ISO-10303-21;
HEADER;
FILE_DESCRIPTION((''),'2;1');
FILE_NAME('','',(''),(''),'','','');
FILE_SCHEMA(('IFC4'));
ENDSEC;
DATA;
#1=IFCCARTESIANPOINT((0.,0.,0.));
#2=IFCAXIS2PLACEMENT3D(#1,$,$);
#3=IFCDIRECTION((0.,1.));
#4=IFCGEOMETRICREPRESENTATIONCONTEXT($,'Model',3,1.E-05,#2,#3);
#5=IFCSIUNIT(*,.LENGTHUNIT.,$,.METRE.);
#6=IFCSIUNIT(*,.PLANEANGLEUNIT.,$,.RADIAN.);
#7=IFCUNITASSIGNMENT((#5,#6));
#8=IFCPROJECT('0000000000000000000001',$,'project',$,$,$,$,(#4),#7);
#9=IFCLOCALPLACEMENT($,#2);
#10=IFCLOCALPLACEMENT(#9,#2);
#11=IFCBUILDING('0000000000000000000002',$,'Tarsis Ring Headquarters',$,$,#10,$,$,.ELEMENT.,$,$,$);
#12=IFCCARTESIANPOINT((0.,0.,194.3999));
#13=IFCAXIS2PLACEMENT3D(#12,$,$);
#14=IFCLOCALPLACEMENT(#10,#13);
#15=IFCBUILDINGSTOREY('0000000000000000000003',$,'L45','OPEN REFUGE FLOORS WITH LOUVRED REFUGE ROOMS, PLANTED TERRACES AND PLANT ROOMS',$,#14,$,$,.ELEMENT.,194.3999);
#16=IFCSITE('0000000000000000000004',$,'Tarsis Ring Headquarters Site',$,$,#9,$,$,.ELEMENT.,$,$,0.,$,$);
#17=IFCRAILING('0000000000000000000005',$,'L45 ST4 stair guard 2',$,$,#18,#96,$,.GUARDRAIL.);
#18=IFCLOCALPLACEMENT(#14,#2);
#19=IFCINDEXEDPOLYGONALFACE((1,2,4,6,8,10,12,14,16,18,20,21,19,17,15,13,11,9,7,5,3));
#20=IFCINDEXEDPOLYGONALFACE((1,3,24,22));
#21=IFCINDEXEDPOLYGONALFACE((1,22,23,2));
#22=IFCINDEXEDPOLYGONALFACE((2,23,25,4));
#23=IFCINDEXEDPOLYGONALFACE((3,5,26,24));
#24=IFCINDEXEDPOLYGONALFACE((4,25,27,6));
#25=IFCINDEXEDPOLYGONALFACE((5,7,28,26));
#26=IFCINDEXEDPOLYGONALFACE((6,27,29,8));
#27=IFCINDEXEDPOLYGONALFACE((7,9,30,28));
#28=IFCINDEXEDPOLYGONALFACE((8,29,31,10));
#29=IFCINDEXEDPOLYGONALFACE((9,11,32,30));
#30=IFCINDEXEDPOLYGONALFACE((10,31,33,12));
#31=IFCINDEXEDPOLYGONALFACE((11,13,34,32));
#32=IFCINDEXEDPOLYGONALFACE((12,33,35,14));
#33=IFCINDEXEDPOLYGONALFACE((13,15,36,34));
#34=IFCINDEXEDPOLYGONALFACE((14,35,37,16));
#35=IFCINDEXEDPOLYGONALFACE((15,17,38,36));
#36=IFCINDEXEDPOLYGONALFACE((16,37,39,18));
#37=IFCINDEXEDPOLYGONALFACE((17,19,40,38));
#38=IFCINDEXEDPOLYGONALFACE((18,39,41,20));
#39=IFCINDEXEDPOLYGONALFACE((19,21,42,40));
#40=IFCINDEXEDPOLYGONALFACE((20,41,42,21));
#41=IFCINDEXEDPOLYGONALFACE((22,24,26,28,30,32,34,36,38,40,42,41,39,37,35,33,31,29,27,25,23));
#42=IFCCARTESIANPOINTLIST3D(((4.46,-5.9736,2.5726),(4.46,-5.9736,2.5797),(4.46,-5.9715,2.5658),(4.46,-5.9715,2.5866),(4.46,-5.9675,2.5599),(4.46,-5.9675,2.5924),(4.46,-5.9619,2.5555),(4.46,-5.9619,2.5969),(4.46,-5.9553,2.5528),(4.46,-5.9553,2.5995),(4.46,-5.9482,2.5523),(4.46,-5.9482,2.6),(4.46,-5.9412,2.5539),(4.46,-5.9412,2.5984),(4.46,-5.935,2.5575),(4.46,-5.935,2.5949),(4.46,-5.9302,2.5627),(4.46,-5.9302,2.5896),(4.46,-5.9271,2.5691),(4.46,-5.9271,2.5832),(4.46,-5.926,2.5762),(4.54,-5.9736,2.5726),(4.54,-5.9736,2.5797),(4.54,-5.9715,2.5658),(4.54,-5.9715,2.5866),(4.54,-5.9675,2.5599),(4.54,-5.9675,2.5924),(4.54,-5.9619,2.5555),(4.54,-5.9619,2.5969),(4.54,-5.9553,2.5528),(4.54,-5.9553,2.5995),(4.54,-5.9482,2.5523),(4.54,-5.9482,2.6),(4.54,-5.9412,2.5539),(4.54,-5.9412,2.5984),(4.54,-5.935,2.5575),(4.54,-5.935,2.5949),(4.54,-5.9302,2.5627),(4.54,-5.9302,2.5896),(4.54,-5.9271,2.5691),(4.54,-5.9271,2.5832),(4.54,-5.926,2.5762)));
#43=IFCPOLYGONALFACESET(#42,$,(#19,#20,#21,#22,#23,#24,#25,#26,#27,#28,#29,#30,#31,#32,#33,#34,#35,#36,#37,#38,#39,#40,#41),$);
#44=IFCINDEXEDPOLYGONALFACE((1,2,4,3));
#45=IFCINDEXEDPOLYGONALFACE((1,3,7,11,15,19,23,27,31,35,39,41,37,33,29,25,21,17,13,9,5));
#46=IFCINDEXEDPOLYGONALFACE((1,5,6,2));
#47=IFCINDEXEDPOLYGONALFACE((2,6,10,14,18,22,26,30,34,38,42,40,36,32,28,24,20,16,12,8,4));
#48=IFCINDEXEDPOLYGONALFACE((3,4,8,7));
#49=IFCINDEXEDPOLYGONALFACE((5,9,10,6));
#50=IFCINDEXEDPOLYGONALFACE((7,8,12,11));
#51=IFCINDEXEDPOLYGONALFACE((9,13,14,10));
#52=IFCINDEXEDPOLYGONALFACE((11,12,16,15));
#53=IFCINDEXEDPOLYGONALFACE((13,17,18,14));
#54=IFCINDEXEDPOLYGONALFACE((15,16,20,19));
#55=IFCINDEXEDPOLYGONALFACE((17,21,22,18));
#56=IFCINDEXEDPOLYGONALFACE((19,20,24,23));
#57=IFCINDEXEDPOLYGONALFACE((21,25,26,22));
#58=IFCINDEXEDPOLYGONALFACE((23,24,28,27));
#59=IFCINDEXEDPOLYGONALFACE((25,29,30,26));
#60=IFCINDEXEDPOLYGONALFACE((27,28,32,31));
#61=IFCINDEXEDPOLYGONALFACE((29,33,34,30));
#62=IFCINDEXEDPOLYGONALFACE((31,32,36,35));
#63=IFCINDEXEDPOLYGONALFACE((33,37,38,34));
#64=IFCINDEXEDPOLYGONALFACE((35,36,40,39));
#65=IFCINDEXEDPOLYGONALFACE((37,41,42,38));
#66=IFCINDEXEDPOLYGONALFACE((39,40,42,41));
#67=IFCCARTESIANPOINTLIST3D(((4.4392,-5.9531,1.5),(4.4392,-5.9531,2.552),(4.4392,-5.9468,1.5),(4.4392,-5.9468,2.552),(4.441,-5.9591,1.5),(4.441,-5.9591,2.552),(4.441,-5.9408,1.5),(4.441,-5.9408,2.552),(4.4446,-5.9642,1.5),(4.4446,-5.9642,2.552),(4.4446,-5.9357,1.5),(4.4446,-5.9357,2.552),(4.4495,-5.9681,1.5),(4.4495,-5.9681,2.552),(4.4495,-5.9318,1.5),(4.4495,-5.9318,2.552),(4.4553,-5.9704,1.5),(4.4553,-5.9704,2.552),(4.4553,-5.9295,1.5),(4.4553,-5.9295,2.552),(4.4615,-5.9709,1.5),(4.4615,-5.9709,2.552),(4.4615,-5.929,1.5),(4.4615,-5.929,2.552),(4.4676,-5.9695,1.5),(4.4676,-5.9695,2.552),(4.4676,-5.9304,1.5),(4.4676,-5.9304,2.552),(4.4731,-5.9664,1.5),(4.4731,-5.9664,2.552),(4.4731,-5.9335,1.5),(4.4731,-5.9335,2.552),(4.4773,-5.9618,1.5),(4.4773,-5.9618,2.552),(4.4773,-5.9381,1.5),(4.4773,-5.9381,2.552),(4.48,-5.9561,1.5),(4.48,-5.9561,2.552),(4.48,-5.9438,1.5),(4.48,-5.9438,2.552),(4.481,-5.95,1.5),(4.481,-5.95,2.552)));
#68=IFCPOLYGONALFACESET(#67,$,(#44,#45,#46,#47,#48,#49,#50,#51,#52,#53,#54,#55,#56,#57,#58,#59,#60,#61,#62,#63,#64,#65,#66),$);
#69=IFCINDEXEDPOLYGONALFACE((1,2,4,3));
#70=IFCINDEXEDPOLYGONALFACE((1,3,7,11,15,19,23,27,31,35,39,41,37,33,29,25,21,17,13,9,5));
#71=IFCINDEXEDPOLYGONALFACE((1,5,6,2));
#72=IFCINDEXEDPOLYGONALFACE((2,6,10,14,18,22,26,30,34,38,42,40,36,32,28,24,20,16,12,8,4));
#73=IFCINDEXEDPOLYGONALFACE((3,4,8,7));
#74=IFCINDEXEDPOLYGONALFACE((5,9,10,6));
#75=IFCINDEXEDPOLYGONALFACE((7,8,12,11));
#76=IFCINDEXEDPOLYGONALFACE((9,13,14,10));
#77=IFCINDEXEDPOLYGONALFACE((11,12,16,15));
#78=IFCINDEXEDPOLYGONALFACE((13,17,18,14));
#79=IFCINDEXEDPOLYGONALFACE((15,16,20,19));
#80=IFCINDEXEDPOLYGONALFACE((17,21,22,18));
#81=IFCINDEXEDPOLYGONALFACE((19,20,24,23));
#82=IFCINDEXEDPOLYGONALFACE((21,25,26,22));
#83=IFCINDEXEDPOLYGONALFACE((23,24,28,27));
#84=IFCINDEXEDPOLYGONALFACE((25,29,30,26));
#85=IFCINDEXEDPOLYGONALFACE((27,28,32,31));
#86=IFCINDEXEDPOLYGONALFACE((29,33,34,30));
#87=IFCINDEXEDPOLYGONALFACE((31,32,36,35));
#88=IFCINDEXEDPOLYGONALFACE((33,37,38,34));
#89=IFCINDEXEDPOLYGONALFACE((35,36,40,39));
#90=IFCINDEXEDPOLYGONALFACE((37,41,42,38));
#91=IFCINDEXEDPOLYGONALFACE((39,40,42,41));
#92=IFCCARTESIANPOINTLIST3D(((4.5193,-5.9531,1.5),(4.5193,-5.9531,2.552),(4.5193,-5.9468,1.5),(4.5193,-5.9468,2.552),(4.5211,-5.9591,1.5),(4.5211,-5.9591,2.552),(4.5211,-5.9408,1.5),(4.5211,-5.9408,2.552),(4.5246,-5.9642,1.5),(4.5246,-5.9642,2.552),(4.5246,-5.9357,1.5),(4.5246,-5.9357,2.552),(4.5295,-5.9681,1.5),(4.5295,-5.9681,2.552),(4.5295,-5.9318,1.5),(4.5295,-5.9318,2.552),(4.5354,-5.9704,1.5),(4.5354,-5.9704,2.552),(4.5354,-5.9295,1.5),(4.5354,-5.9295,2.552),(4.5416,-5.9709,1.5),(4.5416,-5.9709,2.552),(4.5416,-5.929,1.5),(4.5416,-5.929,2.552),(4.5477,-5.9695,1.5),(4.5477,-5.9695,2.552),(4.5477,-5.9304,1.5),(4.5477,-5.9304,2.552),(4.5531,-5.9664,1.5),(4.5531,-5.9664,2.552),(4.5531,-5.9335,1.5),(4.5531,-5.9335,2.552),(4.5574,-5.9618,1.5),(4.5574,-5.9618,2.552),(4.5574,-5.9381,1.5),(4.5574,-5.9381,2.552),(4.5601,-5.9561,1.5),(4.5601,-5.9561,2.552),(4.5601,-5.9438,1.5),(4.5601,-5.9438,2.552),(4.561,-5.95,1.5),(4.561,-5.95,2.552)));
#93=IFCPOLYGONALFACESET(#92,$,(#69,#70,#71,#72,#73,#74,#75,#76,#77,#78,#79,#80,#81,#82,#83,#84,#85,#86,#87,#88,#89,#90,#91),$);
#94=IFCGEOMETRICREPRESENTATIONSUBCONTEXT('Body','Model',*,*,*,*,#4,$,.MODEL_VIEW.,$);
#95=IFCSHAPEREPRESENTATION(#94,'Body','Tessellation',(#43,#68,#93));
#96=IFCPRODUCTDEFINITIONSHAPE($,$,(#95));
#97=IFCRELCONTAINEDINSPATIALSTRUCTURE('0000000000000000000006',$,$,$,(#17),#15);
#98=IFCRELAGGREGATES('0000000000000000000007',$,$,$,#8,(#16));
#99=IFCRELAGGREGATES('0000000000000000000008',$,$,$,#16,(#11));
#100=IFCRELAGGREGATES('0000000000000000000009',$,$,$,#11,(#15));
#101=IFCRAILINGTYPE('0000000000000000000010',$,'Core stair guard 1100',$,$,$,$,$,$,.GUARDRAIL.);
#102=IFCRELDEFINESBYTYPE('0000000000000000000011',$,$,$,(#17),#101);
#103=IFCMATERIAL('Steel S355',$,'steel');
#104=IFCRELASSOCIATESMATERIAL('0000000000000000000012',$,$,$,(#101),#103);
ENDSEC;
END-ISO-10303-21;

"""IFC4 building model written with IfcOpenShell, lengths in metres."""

from ifc_helpers import new_model, si_unit, direction, frame, origin, origin_2d, place, context, subcontext, project, spatial, circle, extrude, material, type_object, element, save


model = new_model("IFC4")

# Units and contexts
model_context = context("Model", 3, precision=1e-05, world=origin(), true_north=direction((0.0, 1.0)))
body_context = subcontext(model_context, "Body", "Model", "MODEL_VIEW")
ifc_project = project(units=[si_unit("LENGTHUNIT", "METRE"), si_unit("PLANEANGLEUNIT", "RADIAN")], contexts=[model_context])

# Site, building, storey
site_placement = place(None, origin())
site = spatial("IfcSite", under=ifc_project, at=site_placement, Name="Tarsis Ring Headquarters Site", CompositionType="ELEMENT", RefElevation=0.0)
building_placement = place(site_placement, origin())
building = spatial("IfcBuilding", under=site, at=building_placement, Name="Tarsis Ring Headquarters", CompositionType="ELEMENT")
storey_placement = place(building_placement, frame((0.0, 0.0, 194.3999)))
storey = spatial("IfcBuildingStorey", under=building, at=storey_placement, Name="L45", Description="OPEN REFUGE FLOORS WITH LOUVRED REFUGE ROOMS, PLANTED TERRACES AND PLANT ROOMS", CompositionType="ELEMENT", Elevation=194.3999)

# Railing
ifc_material_1 = material(Name="Steel S355", Category="steel")
railing_type_1 = type_object("IfcRailingType", Name="Core stair guard 1100", PredefinedType="GUARDRAIL", material=ifc_material_1)
railing_1_placement = place(storey_placement, frame((4.46, -5.95, 1.5)))
element("IfcRailing", 1, at=railing_1_placement, inside=storey, type_object=railing_type_1, Name="L45 ST4 stair guard 2", PredefinedType="GUARDRAIL", context=body_context, shape_type="SweptSolid", body=[
    extrude(circle(Radius=0.0239, at=origin_2d()), frame((0.0, 0.0, 1.0762), z_axis=(1.0, 0.0, 0.0), x_axis=(0.0, 1.0, 0.0)), (0.0, 0.0, 1.0), 0.0801),
    extrude(circle(Radius=0.021, at=origin_2d()), origin(), (0.0, 0.0, 1.0), 1.052),
    extrude(circle(Radius=0.021, at=origin_2d()), frame((0.0801, 0.0, 0.0)), (0.0, 0.0, 1.0), 1.052),
])

save(model, "model.ifc")
